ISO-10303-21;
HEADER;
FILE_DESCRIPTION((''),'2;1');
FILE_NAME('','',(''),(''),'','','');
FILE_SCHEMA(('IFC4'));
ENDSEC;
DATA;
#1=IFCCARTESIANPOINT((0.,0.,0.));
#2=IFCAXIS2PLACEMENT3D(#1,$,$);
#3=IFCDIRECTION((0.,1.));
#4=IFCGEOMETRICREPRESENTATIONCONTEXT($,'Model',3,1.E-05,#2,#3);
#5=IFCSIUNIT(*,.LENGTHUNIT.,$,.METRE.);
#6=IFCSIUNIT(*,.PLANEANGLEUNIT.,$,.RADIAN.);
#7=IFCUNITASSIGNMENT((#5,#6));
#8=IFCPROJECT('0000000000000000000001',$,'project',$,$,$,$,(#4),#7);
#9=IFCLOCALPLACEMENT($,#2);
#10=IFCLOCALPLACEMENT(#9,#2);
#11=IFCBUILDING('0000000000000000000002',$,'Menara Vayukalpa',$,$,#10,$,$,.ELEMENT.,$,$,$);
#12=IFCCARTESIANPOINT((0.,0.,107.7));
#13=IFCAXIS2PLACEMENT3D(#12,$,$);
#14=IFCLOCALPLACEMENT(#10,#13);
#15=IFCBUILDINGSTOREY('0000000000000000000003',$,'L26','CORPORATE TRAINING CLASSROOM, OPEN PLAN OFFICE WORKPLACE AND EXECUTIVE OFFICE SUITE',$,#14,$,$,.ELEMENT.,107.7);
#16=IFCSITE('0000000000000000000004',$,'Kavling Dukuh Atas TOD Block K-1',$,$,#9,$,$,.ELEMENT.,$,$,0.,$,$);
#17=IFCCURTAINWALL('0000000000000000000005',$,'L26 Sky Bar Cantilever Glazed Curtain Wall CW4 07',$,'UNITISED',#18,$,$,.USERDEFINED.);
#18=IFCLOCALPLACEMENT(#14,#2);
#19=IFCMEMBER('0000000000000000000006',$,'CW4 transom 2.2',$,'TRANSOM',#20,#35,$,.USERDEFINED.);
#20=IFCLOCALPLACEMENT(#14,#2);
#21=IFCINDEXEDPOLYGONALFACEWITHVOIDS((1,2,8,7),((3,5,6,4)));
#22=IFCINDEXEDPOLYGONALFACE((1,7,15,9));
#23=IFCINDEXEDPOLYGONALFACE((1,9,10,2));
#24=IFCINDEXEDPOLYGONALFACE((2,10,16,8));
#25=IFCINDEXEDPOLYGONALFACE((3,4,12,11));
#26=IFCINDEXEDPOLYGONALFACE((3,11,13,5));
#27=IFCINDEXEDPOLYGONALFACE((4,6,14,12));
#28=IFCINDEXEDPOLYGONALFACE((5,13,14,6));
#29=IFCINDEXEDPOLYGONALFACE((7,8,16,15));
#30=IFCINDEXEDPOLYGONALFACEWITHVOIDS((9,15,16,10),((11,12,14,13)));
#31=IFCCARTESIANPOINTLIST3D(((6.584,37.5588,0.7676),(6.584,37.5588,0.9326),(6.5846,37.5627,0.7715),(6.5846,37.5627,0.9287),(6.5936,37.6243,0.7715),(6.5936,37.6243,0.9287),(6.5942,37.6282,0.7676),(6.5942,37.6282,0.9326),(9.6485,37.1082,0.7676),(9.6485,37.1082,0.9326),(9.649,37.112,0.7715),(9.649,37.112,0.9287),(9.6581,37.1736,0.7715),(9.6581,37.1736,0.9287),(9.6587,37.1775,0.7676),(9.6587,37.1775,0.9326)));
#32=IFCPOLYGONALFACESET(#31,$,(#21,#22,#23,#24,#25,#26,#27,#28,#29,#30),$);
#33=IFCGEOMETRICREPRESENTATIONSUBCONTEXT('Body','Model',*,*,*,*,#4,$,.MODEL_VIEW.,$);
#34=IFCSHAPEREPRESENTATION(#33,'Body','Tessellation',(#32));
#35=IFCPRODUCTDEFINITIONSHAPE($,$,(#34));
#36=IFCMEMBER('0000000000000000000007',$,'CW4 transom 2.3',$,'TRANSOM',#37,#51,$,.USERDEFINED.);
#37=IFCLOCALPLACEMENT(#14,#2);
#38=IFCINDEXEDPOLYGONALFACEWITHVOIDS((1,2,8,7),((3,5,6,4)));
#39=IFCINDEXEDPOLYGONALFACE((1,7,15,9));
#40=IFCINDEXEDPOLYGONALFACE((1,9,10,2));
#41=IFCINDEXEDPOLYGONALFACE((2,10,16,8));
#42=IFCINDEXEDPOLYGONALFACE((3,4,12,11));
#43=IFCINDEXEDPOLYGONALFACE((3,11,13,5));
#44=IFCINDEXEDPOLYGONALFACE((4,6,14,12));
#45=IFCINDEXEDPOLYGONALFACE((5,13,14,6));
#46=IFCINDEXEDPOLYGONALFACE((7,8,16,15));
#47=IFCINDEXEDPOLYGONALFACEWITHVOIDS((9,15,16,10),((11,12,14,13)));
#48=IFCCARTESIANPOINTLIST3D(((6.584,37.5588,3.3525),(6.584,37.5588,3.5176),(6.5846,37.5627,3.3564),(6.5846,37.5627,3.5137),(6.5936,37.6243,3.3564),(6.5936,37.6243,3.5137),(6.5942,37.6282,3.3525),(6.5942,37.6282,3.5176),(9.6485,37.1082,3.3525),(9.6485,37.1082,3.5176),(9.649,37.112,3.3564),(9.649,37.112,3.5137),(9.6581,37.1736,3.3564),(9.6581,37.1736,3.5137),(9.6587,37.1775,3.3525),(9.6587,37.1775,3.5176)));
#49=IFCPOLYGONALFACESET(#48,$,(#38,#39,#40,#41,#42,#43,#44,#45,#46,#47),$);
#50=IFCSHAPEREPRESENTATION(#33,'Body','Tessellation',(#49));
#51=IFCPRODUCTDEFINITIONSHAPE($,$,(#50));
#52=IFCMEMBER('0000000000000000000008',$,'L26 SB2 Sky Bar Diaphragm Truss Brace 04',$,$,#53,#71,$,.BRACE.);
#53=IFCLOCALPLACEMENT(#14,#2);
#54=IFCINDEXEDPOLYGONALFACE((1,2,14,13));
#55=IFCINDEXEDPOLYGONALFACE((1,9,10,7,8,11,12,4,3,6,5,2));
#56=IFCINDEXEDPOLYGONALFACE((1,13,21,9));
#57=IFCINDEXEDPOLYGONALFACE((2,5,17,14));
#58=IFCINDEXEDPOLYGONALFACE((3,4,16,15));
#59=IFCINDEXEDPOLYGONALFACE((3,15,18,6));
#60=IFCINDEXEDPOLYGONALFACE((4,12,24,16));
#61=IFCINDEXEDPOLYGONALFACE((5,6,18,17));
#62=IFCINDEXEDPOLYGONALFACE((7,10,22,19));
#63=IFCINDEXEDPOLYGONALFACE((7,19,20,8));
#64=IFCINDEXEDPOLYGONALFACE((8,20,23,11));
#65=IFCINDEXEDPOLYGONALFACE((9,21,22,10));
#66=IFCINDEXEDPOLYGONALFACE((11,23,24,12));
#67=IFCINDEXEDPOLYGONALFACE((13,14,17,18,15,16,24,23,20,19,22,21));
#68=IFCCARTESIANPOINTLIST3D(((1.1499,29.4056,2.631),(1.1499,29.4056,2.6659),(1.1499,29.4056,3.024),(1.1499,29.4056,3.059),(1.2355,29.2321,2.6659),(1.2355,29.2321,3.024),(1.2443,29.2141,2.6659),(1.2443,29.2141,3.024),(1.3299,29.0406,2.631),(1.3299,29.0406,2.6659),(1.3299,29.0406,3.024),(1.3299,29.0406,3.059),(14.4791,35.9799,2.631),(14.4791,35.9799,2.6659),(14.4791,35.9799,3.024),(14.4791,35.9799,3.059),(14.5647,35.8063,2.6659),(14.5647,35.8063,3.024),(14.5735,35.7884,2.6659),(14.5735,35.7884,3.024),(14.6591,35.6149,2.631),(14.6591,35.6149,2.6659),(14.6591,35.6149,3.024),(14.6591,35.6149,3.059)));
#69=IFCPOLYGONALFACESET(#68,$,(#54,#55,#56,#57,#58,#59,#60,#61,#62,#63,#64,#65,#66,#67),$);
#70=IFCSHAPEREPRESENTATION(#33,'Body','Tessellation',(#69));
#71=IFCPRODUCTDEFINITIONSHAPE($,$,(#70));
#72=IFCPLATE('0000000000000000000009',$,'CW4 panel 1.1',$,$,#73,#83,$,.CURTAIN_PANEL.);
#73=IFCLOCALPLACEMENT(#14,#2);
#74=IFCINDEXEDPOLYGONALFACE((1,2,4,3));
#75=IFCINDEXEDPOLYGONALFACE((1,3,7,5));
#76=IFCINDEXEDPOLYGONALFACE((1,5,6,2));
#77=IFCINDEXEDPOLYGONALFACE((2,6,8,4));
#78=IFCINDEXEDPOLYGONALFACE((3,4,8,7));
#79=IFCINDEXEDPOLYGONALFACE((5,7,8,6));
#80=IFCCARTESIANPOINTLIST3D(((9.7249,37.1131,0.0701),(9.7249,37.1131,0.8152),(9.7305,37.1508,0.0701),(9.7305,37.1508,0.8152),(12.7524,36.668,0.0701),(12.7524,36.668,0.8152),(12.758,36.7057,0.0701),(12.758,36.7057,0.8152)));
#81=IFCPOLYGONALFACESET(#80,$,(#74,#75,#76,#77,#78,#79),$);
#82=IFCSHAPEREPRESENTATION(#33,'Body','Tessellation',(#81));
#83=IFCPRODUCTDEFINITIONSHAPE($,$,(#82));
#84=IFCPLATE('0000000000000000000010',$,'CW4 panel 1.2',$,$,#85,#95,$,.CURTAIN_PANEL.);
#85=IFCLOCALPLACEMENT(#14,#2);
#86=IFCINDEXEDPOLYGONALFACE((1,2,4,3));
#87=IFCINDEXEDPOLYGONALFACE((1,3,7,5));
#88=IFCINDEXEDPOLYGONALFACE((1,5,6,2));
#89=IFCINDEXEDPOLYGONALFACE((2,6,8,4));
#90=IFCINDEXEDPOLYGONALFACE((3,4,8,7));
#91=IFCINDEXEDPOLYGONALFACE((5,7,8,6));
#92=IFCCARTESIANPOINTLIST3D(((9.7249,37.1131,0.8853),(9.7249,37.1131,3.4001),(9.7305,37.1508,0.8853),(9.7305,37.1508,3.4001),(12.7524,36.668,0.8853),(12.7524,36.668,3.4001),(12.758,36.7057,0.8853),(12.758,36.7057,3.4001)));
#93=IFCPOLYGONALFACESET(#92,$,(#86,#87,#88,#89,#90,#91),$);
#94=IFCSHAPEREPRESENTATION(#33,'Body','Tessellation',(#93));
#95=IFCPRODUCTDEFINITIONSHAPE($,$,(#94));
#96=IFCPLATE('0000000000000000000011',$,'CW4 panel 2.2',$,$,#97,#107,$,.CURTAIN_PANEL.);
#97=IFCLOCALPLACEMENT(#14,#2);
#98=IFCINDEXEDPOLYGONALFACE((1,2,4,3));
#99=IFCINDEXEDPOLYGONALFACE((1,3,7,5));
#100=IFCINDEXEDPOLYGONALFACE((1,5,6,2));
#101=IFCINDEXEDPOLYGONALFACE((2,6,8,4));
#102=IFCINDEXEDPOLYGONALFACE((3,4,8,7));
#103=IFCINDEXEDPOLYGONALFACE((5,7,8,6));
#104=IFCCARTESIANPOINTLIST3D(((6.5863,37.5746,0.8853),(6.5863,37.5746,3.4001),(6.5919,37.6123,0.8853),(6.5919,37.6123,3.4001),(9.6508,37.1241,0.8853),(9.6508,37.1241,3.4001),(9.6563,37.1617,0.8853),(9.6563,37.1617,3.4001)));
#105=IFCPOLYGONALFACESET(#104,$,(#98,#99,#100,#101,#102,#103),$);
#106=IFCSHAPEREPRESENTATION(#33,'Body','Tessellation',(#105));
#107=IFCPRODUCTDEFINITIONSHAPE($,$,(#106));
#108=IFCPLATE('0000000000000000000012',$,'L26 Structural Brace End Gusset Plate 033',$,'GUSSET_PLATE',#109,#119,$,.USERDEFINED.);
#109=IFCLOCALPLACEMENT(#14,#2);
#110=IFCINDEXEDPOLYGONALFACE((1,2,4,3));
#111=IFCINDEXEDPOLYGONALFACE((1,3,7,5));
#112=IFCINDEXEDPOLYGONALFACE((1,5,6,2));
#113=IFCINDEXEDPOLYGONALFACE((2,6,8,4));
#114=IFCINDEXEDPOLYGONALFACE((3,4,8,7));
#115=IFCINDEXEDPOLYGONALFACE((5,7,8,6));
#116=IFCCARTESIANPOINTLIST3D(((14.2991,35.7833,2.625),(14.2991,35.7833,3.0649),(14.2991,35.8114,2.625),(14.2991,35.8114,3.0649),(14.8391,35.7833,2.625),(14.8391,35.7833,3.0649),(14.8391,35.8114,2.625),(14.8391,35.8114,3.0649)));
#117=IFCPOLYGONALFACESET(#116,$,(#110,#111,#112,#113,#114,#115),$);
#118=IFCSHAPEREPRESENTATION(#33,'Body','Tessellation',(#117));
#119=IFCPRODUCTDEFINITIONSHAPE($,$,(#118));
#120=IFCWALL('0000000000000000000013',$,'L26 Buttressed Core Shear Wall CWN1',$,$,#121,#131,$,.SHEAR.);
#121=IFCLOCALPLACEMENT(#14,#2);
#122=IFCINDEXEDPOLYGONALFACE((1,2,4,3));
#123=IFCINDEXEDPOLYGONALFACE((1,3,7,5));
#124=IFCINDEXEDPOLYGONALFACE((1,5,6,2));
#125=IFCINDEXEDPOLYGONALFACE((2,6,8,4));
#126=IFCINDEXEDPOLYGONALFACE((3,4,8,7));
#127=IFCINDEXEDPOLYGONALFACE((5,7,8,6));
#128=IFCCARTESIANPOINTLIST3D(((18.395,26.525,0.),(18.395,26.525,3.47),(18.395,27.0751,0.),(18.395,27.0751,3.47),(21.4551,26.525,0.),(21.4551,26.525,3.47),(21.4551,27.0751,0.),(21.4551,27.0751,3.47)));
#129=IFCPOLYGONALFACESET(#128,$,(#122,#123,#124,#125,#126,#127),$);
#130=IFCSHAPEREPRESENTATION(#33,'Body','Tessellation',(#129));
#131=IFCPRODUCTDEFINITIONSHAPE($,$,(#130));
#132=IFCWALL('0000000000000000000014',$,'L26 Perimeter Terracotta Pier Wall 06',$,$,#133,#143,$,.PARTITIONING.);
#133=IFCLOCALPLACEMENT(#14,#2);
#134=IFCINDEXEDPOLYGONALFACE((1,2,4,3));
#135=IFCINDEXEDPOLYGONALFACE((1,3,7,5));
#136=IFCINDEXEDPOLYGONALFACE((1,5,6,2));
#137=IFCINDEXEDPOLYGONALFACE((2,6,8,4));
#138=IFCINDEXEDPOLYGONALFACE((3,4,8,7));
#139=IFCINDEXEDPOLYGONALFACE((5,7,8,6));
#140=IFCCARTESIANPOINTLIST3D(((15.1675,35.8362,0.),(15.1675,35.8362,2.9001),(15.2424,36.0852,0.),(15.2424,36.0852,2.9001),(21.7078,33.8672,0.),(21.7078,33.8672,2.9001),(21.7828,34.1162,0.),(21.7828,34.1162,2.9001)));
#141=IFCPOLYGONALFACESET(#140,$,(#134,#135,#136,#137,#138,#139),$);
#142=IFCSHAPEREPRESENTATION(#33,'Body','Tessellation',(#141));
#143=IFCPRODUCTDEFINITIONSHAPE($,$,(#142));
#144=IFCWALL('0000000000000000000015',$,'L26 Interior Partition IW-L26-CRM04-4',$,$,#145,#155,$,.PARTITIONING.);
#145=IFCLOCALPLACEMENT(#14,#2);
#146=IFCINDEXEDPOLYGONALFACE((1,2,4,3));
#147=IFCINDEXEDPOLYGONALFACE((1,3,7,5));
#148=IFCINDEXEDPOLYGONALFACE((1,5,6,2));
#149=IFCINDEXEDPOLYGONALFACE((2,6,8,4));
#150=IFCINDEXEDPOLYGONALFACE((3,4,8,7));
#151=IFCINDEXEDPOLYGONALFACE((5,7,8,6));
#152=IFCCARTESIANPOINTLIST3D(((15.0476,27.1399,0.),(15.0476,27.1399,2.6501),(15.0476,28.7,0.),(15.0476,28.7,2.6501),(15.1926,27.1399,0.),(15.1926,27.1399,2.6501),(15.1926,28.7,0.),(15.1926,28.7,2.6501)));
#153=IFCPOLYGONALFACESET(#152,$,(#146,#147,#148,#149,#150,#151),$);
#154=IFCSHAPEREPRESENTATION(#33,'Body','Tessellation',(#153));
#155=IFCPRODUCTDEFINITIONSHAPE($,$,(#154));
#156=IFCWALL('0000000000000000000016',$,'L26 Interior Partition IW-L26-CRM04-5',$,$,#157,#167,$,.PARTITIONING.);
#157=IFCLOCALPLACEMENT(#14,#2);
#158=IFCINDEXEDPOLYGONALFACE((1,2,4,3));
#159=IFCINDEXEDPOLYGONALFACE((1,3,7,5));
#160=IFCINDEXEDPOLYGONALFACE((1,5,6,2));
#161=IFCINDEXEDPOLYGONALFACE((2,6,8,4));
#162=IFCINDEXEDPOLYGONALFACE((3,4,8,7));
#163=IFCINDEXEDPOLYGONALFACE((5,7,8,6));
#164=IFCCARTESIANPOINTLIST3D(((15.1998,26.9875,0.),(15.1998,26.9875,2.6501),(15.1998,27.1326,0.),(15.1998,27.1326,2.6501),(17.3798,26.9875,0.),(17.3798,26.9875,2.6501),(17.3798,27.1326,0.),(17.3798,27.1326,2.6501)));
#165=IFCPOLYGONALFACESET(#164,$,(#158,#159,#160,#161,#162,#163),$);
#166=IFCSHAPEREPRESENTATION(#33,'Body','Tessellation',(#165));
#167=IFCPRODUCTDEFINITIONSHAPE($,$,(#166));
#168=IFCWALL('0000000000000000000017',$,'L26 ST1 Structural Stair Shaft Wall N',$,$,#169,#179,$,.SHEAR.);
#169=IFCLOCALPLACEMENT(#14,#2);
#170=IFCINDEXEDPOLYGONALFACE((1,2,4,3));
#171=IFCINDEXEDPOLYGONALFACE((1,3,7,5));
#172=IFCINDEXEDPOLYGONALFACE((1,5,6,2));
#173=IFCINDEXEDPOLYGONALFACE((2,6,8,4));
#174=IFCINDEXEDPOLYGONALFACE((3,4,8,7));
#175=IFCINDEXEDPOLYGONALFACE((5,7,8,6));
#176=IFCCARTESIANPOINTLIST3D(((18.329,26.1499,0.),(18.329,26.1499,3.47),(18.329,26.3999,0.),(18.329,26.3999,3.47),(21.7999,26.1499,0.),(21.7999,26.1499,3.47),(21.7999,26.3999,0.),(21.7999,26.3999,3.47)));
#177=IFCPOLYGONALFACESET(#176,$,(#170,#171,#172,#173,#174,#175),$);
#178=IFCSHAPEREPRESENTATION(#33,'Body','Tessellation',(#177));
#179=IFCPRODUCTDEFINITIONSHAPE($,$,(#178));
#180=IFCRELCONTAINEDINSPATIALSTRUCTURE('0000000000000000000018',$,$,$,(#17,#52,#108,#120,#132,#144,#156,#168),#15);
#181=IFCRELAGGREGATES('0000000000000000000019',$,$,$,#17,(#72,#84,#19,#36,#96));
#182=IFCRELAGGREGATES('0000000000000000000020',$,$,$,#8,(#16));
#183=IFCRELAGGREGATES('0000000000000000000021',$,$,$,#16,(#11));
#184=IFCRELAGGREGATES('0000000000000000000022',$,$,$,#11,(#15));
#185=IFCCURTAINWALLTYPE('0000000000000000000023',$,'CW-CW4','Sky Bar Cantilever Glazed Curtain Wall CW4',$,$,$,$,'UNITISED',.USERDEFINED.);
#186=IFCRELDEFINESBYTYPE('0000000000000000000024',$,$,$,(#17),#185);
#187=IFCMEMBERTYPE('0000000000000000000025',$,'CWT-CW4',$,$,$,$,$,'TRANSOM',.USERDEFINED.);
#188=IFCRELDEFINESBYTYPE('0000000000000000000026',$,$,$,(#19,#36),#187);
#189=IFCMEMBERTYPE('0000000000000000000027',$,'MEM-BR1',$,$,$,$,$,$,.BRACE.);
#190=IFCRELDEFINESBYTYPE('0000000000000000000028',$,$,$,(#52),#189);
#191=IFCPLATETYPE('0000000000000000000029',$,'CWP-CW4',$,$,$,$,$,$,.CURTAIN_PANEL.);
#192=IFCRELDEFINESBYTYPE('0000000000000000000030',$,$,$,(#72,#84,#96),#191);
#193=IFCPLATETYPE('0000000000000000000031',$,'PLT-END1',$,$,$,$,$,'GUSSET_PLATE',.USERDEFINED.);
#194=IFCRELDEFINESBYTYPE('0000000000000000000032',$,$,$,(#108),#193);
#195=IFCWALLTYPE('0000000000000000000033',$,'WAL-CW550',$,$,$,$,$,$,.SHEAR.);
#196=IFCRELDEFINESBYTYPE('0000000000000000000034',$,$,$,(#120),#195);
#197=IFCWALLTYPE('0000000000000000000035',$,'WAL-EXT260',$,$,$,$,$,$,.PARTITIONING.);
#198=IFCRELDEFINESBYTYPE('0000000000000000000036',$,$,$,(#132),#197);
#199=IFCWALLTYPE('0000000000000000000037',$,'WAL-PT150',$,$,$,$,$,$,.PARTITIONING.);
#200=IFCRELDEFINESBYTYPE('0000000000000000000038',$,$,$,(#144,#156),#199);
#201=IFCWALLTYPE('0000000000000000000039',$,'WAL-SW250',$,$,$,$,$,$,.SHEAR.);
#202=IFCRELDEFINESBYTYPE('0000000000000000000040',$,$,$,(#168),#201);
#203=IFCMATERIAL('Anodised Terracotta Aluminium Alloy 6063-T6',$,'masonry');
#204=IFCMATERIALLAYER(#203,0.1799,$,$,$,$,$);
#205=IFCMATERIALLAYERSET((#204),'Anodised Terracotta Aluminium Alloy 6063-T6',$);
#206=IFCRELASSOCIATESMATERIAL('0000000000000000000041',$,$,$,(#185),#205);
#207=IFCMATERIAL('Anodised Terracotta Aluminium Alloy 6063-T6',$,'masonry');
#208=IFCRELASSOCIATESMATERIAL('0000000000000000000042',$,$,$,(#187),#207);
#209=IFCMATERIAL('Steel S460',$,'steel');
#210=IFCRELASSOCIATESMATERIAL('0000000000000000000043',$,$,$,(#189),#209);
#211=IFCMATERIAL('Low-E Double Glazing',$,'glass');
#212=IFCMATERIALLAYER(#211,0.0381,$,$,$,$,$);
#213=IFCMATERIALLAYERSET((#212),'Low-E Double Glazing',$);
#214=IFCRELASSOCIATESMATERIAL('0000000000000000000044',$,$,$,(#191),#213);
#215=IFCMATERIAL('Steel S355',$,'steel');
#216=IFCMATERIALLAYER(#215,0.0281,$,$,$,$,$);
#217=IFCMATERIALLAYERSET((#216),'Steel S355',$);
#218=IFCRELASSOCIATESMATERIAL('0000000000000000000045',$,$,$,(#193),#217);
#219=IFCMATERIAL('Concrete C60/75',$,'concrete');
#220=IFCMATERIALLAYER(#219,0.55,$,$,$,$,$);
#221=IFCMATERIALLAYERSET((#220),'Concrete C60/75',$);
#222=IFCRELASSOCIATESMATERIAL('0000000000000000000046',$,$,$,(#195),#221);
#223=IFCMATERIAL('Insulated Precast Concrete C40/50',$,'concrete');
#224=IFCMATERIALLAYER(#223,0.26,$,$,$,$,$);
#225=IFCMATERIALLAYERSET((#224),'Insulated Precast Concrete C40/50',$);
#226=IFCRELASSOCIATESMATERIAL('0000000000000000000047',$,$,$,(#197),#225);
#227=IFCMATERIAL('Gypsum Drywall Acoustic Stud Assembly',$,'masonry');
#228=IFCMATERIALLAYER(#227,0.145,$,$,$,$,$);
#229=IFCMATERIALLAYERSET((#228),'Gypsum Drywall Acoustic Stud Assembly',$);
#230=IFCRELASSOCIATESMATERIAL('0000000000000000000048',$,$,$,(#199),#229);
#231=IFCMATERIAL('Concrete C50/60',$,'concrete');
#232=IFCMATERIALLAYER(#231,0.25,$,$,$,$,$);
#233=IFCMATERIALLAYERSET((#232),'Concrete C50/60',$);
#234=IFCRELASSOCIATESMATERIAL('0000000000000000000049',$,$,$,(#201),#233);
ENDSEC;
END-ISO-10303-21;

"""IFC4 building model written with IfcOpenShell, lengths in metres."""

from ifc_helpers import new_model, si_unit, direction, frame, frame_2d, origin, origin_2d, place, context, subcontext, project, spatial, rectangle, hollow_rectangle, i_section, extrude, material, layer, layer_set, material_profile, profile_set, type_object, element, aggregate, save


model = new_model("IFC4")

# Units and contexts
model_context = context("Model", 3, precision=1e-05, world=origin(), true_north=direction((0.0, 1.0)))
body_context = subcontext(model_context, "Body", "Model", "MODEL_VIEW")
ifc_project = project(units=[si_unit("LENGTHUNIT", "METRE"), si_unit("PLANEANGLEUNIT", "RADIAN")], contexts=[model_context])

# Site, building, storey
site_placement = place(None, origin())
site = spatial("IfcSite", under=ifc_project, at=site_placement, Name="Kavling Dukuh Atas TOD Block K-1", CompositionType="ELEMENT", RefElevation=0.0)
building_placement = place(site_placement, origin())
building = spatial("IfcBuilding", under=site, at=building_placement, Name="Menara Vayukalpa", CompositionType="ELEMENT")
storey_placement = place(building_placement, frame((0.0, 0.0, 107.7)))
storey = spatial("IfcBuildingStorey", under=building, at=storey_placement, Name="L26", Description="CORPORATE TRAINING CLASSROOM, OPEN PLAN OFFICE WORKPLACE AND EXECUTIVE OFFICE SUITE", CompositionType="ELEMENT", Elevation=107.7)

# Curtain wall, members
ifc_material_1 = material(Name="Anodised Terracotta Aluminium Alloy 6063-T6", Category="masonry")
ifc_layer_1 = layer(ifc_material_1, 0.1799)
ifc_layer_set_1 = layer_set([ifc_layer_1], Name="Anodised Terracotta Aluminium Alloy 6063-T6")
curtain_wall_type = type_object("IfcCurtainWallType", Name="CW-CW4", Description="Sky Bar Cantilever Glazed Curtain Wall CW4", ElementType="UNITISED", PredefinedType="USERDEFINED", material=ifc_layer_set_1)
curtain_wall_placement = place(storey_placement, origin())
curtain_wall = element("IfcCurtainWall", 1, at=curtain_wall_placement, inside=storey, type_object=curtain_wall_type, Name="L26 Sky Bar Cantilever Glazed Curtain Wall CW4 07", ObjectType="UNITISED", PredefinedType="USERDEFINED")
ifc_material_2 = material(Name="Anodised Terracotta Aluminium Alloy 6063-T6", Category="masonry")
ifc_material_profile_1 = material_profile(ifc_material_2, hollow_rectangle(XDim=0.0701, YDim=0.165, WallThickness=0.0039, at=origin_2d()), Name="ALU 70x165x4")
ifc_profile_set_1 = profile_set([ifc_material_profile_1], Name="Anodised Terracotta Aluminium Alloy 6063-T6")
member_type_1 = type_object("IfcMemberType", Name="CWT-CW4", ElementType="TRANSOM", PredefinedType="USERDEFINED", material=ifc_profile_set_1)
member_1_placement = place(storey_placement, frame((9.6536, 37.1428, 0.8501), z_axis=(-0.989358, 0.145503, 0.0), x_axis=(-0.145503, -0.989358, 0.0)))
member_1 = element("IfcMember", 2, at=member_1_placement, type_object=member_type_1, Name="CW4 transom 2.2", ObjectType="TRANSOM", PredefinedType="USERDEFINED", context=body_context, shape_type="SweptSolid", body=[
    extrude(hollow_rectangle(XDim=0.0701, YDim=0.165, WallThickness=0.0039, at=origin_2d()), origin(), (0.0, 0.0, 1.0), 3.0974),
])
member_2_placement = place(storey_placement, frame((9.6536, 37.1428, 3.4351), z_axis=(-0.989358, 0.145503, 0.0), x_axis=(-0.145503, -0.989358, 0.0)))
member_2 = element("IfcMember", 3, at=member_2_placement, type_object=member_type_1, Name="CW4 transom 2.3", ObjectType="TRANSOM", PredefinedType="USERDEFINED", context=body_context, shape_type="SweptSolid", body=[
    extrude(hollow_rectangle(XDim=0.0701, YDim=0.165, WallThickness=0.0039, at=origin_2d()), origin(), (0.0, 0.0, 1.0), 3.0974),
])

# Member
ifc_material_3 = material(Name="Steel S460", Category="steel")
ifc_material_profile_2 = material_profile(ifc_material_3, i_section(OverallWidth=0.407, OverallDepth=0.428, WebThickness=0.02, FlangeThickness=0.0349, at=origin_2d()), Name="H 428x407x20x35")
ifc_profile_set_2 = profile_set([ifc_material_profile_2], Name="Steel S460")
member_type_2 = type_object("IfcMemberType", Name="MEM-BR1", PredefinedType="BRACE", material=ifc_profile_set_2)
member_3_placement = place(storey_placement, frame((14.5691, 35.7974, 2.845), z_axis=(-0.896845, -0.442345, 0.0), x_axis=(0.442345, -0.896845, 0.0)))
element("IfcMember", 4, at=member_3_placement, inside=storey, type_object=member_type_2, Name="L26 SB2 Sky Bar Diaphragm Truss Brace 04", PredefinedType="BRACE", context=body_context, shape_type="SweptSolid", body=[
    extrude(i_section(OverallWidth=0.407, OverallDepth=0.428, WebThickness=0.02, FlangeThickness=0.0349, at=origin_2d()), origin(), (0.0, 0.0, 1.0), 14.8623),
])

# Plates
ifc_material_4 = material(Name="Low-E Double Glazing", Category="glass")
ifc_layer_2 = layer(ifc_material_4, 0.0381)
ifc_layer_set_2 = layer_set([ifc_layer_2], Name="Low-E Double Glazing")
plate_type_1 = type_object("IfcPlateType", Name="CWP-CW4", PredefinedType="CURTAIN_PANEL", material=ifc_layer_set_2)
plate_1_placement = place(storey_placement, frame((11.2415, 36.9094, 0.0701), z_axis=(0.0, 0.0, 1.0), x_axis=(-0.989365, 0.145451, 0.0)))
plate_1 = element("IfcPlate", 5, at=plate_1_placement, type_object=plate_type_1, Name="CW4 panel 1.1", PredefinedType="CURTAIN_PANEL", context=body_context, shape_type="SweptSolid", body=[
    extrude(rectangle(XDim=3.0601, YDim=0.0381, at=origin_2d()), origin(), (0.0, 0.0, 1.0), 0.7451),
])
plate_2_placement = place(storey_placement, frame((11.2415, 36.9094, 0.8853), z_axis=(0.0, 0.0, 1.0), x_axis=(-0.989365, 0.145451, 0.0)))
plate_2 = element("IfcPlate", 6, at=plate_2_placement, type_object=plate_type_1, Name="CW4 panel 1.2", PredefinedType="CURTAIN_PANEL", context=body_context, shape_type="SweptSolid", body=[
    extrude(rectangle(XDim=3.0601, YDim=0.0381, at=origin_2d()), origin(), (0.0, 0.0, 1.0), 2.5149),
])
plate_3_placement = place(storey_placement, frame((8.1213, 37.3682, 0.8853), z_axis=(0.0, 0.0, 1.0), x_axis=(-0.989365, 0.145451, 0.0)))
plate_3 = element("IfcPlate", 7, at=plate_3_placement, type_object=plate_type_1, Name="CW4 panel 2.2", PredefinedType="CURTAIN_PANEL", context=body_context, shape_type="SweptSolid", body=[
    extrude(rectangle(XDim=3.0974, YDim=0.0381, at=origin_2d()), origin(), (0.0, 0.0, 1.0), 2.5149),
])
aggregate(curtain_wall, [plate_1, plate_2, member_1, member_2, plate_3])
ifc_material_5 = material(Name="Steel S355", Category="steel")
ifc_layer_3 = layer(ifc_material_5, 0.0281)
ifc_layer_set_3 = layer_set([ifc_layer_3], Name="Steel S355")
plate_type_2 = type_object("IfcPlateType", Name="PLT-END1", ElementType="GUSSET_PLATE", PredefinedType="USERDEFINED", material=ifc_layer_set_3)
plate_4_placement = place(storey_placement, frame((14.5691, 35.7974, 2.625), z_axis=(0.0, 0.0, 1.0), x_axis=(1.0, 0.0, 0.0)))
element("IfcPlate", 8, at=plate_4_placement, inside=storey, type_object=plate_type_2, Name="L26 Structural Brace End Gusset Plate 033", ObjectType="GUSSET_PLATE", PredefinedType="USERDEFINED", context=body_context, shape_type="SweptSolid", body=[
    extrude(rectangle(XDim=0.54, YDim=0.0281, at=origin_2d()), origin(), (0.0, 0.0, 1.0), 0.4399),
])

# Walls
ifc_material_6 = material(Name="Concrete C60/75", Category="concrete")
ifc_layer_4 = layer(ifc_material_6, 0.55)
ifc_layer_set_4 = layer_set([ifc_layer_4], Name="Concrete C60/75")
wall_type_1 = type_object("IfcWallType", Name="WAL-CW550", PredefinedType="SHEAR", material=ifc_layer_set_4)
wall_1_placement = place(storey_placement, frame((18.395, 26.8, 0.0), z_axis=(0.0, 0.0, 1.0), x_axis=(1.0, 0.0, 0.0)))
element("IfcWall", 9, at=wall_1_placement, inside=storey, type_object=wall_type_1, Name="L26 Buttressed Core Shear Wall CWN1", PredefinedType="SHEAR", context=body_context, shape_type="SweptSolid", body=[
    extrude(rectangle(XDim=3.0601, YDim=0.55, at=frame_2d((1.53, 0.0))), origin(), (0.0, 0.0, 1.0), 3.47),
])
ifc_material_7 = material(Name="Insulated Precast Concrete C40/50", Category="concrete")
ifc_layer_5 = layer(ifc_material_7, 0.26)
ifc_layer_set_5 = layer_set([ifc_layer_5], Name="Insulated Precast Concrete C40/50")
wall_type_2 = type_object("IfcWallType", Name="WAL-EXT260", PredefinedType="PARTITIONING", material=ifc_layer_set_5)
wall_2_placement = place(storey_placement, frame((15.2051, 35.9607, 0.0), z_axis=(0.0, 0.0, 1.0), x_axis=(0.957547, -0.288276, 0.0)))
element("IfcWall", 10, at=wall_2_placement, inside=storey, type_object=wall_type_2, Name="L26 Perimeter Terracotta Pier Wall 06", PredefinedType="PARTITIONING", context=body_context, shape_type="SweptSolid", body=[
    extrude(rectangle(XDim=6.8303, YDim=0.26, at=frame_2d((3.415, 0.0))), origin(), (0.0, 0.0, 1.0), 2.9001),
])
ifc_material_8 = material(Name="Gypsum Drywall Acoustic Stud Assembly", Category="masonry")
ifc_layer_6 = layer(ifc_material_8, 0.145)
ifc_layer_set_6 = layer_set([ifc_layer_6], Name="Gypsum Drywall Acoustic Stud Assembly")
wall_type_3 = type_object("IfcWallType", Name="WAL-PT150", PredefinedType="PARTITIONING", material=ifc_layer_set_6)
wall_3_placement = place(storey_placement, frame((15.1201, 28.7, 0.0), z_axis=(0.0, 0.0, 1.0), x_axis=(0.0, -1.0, 0.0)))
element("IfcWall", 11, at=wall_3_placement, inside=storey, type_object=wall_type_3, Name="L26 Interior Partition IW-L26-CRM04-4", PredefinedType="PARTITIONING", context=body_context, shape_type="SweptSolid", body=[
    extrude(rectangle(XDim=1.5601, YDim=0.145, at=frame_2d((0.78, 0.0))), origin(), (0.0, 0.0, 1.0), 2.6501),
])
wall_4_placement = place(storey_placement, frame((15.2, 27.0601, 0.0), z_axis=(0.0, 0.0, 1.0), x_axis=(1.0, 0.0, 0.0)))
element("IfcWall", 12, at=wall_4_placement, inside=storey, type_object=wall_type_3, Name="L26 Interior Partition IW-L26-CRM04-5", PredefinedType="PARTITIONING", context=body_context, shape_type="SweptSolid", body=[
    extrude(rectangle(XDim=2.1799, YDim=0.145, at=frame_2d((1.0898, 0.0))), origin(), (0.0, 0.0, 1.0), 2.6501),
])
ifc_material_9 = material(Name="Concrete C50/60", Category="concrete")
ifc_layer_7 = layer(ifc_material_9, 0.25)
ifc_layer_set_7 = layer_set([ifc_layer_7], Name="Concrete C50/60")
wall_type_4 = type_object("IfcWallType", Name="WAL-SW250", PredefinedType="SHEAR", material=ifc_layer_set_7)
wall_5_placement = place(storey_placement, frame((18.3291, 26.2749, 0.0), z_axis=(0.0, 0.0, 1.0), x_axis=(1.0, 0.0, 0.0)))
element("IfcWall", 13, at=wall_5_placement, inside=storey, type_object=wall_type_4, Name="L26 ST1 Structural Stair Shaft Wall N", PredefinedType="SHEAR", context=body_context, shape_type="SweptSolid", body=[
    extrude(rectangle(XDim=3.4709, YDim=0.25, at=frame_2d((1.7354, 0.0))), origin(), (0.0, 0.0, 1.0), 3.47),
])

save(model, "model.ifc")
